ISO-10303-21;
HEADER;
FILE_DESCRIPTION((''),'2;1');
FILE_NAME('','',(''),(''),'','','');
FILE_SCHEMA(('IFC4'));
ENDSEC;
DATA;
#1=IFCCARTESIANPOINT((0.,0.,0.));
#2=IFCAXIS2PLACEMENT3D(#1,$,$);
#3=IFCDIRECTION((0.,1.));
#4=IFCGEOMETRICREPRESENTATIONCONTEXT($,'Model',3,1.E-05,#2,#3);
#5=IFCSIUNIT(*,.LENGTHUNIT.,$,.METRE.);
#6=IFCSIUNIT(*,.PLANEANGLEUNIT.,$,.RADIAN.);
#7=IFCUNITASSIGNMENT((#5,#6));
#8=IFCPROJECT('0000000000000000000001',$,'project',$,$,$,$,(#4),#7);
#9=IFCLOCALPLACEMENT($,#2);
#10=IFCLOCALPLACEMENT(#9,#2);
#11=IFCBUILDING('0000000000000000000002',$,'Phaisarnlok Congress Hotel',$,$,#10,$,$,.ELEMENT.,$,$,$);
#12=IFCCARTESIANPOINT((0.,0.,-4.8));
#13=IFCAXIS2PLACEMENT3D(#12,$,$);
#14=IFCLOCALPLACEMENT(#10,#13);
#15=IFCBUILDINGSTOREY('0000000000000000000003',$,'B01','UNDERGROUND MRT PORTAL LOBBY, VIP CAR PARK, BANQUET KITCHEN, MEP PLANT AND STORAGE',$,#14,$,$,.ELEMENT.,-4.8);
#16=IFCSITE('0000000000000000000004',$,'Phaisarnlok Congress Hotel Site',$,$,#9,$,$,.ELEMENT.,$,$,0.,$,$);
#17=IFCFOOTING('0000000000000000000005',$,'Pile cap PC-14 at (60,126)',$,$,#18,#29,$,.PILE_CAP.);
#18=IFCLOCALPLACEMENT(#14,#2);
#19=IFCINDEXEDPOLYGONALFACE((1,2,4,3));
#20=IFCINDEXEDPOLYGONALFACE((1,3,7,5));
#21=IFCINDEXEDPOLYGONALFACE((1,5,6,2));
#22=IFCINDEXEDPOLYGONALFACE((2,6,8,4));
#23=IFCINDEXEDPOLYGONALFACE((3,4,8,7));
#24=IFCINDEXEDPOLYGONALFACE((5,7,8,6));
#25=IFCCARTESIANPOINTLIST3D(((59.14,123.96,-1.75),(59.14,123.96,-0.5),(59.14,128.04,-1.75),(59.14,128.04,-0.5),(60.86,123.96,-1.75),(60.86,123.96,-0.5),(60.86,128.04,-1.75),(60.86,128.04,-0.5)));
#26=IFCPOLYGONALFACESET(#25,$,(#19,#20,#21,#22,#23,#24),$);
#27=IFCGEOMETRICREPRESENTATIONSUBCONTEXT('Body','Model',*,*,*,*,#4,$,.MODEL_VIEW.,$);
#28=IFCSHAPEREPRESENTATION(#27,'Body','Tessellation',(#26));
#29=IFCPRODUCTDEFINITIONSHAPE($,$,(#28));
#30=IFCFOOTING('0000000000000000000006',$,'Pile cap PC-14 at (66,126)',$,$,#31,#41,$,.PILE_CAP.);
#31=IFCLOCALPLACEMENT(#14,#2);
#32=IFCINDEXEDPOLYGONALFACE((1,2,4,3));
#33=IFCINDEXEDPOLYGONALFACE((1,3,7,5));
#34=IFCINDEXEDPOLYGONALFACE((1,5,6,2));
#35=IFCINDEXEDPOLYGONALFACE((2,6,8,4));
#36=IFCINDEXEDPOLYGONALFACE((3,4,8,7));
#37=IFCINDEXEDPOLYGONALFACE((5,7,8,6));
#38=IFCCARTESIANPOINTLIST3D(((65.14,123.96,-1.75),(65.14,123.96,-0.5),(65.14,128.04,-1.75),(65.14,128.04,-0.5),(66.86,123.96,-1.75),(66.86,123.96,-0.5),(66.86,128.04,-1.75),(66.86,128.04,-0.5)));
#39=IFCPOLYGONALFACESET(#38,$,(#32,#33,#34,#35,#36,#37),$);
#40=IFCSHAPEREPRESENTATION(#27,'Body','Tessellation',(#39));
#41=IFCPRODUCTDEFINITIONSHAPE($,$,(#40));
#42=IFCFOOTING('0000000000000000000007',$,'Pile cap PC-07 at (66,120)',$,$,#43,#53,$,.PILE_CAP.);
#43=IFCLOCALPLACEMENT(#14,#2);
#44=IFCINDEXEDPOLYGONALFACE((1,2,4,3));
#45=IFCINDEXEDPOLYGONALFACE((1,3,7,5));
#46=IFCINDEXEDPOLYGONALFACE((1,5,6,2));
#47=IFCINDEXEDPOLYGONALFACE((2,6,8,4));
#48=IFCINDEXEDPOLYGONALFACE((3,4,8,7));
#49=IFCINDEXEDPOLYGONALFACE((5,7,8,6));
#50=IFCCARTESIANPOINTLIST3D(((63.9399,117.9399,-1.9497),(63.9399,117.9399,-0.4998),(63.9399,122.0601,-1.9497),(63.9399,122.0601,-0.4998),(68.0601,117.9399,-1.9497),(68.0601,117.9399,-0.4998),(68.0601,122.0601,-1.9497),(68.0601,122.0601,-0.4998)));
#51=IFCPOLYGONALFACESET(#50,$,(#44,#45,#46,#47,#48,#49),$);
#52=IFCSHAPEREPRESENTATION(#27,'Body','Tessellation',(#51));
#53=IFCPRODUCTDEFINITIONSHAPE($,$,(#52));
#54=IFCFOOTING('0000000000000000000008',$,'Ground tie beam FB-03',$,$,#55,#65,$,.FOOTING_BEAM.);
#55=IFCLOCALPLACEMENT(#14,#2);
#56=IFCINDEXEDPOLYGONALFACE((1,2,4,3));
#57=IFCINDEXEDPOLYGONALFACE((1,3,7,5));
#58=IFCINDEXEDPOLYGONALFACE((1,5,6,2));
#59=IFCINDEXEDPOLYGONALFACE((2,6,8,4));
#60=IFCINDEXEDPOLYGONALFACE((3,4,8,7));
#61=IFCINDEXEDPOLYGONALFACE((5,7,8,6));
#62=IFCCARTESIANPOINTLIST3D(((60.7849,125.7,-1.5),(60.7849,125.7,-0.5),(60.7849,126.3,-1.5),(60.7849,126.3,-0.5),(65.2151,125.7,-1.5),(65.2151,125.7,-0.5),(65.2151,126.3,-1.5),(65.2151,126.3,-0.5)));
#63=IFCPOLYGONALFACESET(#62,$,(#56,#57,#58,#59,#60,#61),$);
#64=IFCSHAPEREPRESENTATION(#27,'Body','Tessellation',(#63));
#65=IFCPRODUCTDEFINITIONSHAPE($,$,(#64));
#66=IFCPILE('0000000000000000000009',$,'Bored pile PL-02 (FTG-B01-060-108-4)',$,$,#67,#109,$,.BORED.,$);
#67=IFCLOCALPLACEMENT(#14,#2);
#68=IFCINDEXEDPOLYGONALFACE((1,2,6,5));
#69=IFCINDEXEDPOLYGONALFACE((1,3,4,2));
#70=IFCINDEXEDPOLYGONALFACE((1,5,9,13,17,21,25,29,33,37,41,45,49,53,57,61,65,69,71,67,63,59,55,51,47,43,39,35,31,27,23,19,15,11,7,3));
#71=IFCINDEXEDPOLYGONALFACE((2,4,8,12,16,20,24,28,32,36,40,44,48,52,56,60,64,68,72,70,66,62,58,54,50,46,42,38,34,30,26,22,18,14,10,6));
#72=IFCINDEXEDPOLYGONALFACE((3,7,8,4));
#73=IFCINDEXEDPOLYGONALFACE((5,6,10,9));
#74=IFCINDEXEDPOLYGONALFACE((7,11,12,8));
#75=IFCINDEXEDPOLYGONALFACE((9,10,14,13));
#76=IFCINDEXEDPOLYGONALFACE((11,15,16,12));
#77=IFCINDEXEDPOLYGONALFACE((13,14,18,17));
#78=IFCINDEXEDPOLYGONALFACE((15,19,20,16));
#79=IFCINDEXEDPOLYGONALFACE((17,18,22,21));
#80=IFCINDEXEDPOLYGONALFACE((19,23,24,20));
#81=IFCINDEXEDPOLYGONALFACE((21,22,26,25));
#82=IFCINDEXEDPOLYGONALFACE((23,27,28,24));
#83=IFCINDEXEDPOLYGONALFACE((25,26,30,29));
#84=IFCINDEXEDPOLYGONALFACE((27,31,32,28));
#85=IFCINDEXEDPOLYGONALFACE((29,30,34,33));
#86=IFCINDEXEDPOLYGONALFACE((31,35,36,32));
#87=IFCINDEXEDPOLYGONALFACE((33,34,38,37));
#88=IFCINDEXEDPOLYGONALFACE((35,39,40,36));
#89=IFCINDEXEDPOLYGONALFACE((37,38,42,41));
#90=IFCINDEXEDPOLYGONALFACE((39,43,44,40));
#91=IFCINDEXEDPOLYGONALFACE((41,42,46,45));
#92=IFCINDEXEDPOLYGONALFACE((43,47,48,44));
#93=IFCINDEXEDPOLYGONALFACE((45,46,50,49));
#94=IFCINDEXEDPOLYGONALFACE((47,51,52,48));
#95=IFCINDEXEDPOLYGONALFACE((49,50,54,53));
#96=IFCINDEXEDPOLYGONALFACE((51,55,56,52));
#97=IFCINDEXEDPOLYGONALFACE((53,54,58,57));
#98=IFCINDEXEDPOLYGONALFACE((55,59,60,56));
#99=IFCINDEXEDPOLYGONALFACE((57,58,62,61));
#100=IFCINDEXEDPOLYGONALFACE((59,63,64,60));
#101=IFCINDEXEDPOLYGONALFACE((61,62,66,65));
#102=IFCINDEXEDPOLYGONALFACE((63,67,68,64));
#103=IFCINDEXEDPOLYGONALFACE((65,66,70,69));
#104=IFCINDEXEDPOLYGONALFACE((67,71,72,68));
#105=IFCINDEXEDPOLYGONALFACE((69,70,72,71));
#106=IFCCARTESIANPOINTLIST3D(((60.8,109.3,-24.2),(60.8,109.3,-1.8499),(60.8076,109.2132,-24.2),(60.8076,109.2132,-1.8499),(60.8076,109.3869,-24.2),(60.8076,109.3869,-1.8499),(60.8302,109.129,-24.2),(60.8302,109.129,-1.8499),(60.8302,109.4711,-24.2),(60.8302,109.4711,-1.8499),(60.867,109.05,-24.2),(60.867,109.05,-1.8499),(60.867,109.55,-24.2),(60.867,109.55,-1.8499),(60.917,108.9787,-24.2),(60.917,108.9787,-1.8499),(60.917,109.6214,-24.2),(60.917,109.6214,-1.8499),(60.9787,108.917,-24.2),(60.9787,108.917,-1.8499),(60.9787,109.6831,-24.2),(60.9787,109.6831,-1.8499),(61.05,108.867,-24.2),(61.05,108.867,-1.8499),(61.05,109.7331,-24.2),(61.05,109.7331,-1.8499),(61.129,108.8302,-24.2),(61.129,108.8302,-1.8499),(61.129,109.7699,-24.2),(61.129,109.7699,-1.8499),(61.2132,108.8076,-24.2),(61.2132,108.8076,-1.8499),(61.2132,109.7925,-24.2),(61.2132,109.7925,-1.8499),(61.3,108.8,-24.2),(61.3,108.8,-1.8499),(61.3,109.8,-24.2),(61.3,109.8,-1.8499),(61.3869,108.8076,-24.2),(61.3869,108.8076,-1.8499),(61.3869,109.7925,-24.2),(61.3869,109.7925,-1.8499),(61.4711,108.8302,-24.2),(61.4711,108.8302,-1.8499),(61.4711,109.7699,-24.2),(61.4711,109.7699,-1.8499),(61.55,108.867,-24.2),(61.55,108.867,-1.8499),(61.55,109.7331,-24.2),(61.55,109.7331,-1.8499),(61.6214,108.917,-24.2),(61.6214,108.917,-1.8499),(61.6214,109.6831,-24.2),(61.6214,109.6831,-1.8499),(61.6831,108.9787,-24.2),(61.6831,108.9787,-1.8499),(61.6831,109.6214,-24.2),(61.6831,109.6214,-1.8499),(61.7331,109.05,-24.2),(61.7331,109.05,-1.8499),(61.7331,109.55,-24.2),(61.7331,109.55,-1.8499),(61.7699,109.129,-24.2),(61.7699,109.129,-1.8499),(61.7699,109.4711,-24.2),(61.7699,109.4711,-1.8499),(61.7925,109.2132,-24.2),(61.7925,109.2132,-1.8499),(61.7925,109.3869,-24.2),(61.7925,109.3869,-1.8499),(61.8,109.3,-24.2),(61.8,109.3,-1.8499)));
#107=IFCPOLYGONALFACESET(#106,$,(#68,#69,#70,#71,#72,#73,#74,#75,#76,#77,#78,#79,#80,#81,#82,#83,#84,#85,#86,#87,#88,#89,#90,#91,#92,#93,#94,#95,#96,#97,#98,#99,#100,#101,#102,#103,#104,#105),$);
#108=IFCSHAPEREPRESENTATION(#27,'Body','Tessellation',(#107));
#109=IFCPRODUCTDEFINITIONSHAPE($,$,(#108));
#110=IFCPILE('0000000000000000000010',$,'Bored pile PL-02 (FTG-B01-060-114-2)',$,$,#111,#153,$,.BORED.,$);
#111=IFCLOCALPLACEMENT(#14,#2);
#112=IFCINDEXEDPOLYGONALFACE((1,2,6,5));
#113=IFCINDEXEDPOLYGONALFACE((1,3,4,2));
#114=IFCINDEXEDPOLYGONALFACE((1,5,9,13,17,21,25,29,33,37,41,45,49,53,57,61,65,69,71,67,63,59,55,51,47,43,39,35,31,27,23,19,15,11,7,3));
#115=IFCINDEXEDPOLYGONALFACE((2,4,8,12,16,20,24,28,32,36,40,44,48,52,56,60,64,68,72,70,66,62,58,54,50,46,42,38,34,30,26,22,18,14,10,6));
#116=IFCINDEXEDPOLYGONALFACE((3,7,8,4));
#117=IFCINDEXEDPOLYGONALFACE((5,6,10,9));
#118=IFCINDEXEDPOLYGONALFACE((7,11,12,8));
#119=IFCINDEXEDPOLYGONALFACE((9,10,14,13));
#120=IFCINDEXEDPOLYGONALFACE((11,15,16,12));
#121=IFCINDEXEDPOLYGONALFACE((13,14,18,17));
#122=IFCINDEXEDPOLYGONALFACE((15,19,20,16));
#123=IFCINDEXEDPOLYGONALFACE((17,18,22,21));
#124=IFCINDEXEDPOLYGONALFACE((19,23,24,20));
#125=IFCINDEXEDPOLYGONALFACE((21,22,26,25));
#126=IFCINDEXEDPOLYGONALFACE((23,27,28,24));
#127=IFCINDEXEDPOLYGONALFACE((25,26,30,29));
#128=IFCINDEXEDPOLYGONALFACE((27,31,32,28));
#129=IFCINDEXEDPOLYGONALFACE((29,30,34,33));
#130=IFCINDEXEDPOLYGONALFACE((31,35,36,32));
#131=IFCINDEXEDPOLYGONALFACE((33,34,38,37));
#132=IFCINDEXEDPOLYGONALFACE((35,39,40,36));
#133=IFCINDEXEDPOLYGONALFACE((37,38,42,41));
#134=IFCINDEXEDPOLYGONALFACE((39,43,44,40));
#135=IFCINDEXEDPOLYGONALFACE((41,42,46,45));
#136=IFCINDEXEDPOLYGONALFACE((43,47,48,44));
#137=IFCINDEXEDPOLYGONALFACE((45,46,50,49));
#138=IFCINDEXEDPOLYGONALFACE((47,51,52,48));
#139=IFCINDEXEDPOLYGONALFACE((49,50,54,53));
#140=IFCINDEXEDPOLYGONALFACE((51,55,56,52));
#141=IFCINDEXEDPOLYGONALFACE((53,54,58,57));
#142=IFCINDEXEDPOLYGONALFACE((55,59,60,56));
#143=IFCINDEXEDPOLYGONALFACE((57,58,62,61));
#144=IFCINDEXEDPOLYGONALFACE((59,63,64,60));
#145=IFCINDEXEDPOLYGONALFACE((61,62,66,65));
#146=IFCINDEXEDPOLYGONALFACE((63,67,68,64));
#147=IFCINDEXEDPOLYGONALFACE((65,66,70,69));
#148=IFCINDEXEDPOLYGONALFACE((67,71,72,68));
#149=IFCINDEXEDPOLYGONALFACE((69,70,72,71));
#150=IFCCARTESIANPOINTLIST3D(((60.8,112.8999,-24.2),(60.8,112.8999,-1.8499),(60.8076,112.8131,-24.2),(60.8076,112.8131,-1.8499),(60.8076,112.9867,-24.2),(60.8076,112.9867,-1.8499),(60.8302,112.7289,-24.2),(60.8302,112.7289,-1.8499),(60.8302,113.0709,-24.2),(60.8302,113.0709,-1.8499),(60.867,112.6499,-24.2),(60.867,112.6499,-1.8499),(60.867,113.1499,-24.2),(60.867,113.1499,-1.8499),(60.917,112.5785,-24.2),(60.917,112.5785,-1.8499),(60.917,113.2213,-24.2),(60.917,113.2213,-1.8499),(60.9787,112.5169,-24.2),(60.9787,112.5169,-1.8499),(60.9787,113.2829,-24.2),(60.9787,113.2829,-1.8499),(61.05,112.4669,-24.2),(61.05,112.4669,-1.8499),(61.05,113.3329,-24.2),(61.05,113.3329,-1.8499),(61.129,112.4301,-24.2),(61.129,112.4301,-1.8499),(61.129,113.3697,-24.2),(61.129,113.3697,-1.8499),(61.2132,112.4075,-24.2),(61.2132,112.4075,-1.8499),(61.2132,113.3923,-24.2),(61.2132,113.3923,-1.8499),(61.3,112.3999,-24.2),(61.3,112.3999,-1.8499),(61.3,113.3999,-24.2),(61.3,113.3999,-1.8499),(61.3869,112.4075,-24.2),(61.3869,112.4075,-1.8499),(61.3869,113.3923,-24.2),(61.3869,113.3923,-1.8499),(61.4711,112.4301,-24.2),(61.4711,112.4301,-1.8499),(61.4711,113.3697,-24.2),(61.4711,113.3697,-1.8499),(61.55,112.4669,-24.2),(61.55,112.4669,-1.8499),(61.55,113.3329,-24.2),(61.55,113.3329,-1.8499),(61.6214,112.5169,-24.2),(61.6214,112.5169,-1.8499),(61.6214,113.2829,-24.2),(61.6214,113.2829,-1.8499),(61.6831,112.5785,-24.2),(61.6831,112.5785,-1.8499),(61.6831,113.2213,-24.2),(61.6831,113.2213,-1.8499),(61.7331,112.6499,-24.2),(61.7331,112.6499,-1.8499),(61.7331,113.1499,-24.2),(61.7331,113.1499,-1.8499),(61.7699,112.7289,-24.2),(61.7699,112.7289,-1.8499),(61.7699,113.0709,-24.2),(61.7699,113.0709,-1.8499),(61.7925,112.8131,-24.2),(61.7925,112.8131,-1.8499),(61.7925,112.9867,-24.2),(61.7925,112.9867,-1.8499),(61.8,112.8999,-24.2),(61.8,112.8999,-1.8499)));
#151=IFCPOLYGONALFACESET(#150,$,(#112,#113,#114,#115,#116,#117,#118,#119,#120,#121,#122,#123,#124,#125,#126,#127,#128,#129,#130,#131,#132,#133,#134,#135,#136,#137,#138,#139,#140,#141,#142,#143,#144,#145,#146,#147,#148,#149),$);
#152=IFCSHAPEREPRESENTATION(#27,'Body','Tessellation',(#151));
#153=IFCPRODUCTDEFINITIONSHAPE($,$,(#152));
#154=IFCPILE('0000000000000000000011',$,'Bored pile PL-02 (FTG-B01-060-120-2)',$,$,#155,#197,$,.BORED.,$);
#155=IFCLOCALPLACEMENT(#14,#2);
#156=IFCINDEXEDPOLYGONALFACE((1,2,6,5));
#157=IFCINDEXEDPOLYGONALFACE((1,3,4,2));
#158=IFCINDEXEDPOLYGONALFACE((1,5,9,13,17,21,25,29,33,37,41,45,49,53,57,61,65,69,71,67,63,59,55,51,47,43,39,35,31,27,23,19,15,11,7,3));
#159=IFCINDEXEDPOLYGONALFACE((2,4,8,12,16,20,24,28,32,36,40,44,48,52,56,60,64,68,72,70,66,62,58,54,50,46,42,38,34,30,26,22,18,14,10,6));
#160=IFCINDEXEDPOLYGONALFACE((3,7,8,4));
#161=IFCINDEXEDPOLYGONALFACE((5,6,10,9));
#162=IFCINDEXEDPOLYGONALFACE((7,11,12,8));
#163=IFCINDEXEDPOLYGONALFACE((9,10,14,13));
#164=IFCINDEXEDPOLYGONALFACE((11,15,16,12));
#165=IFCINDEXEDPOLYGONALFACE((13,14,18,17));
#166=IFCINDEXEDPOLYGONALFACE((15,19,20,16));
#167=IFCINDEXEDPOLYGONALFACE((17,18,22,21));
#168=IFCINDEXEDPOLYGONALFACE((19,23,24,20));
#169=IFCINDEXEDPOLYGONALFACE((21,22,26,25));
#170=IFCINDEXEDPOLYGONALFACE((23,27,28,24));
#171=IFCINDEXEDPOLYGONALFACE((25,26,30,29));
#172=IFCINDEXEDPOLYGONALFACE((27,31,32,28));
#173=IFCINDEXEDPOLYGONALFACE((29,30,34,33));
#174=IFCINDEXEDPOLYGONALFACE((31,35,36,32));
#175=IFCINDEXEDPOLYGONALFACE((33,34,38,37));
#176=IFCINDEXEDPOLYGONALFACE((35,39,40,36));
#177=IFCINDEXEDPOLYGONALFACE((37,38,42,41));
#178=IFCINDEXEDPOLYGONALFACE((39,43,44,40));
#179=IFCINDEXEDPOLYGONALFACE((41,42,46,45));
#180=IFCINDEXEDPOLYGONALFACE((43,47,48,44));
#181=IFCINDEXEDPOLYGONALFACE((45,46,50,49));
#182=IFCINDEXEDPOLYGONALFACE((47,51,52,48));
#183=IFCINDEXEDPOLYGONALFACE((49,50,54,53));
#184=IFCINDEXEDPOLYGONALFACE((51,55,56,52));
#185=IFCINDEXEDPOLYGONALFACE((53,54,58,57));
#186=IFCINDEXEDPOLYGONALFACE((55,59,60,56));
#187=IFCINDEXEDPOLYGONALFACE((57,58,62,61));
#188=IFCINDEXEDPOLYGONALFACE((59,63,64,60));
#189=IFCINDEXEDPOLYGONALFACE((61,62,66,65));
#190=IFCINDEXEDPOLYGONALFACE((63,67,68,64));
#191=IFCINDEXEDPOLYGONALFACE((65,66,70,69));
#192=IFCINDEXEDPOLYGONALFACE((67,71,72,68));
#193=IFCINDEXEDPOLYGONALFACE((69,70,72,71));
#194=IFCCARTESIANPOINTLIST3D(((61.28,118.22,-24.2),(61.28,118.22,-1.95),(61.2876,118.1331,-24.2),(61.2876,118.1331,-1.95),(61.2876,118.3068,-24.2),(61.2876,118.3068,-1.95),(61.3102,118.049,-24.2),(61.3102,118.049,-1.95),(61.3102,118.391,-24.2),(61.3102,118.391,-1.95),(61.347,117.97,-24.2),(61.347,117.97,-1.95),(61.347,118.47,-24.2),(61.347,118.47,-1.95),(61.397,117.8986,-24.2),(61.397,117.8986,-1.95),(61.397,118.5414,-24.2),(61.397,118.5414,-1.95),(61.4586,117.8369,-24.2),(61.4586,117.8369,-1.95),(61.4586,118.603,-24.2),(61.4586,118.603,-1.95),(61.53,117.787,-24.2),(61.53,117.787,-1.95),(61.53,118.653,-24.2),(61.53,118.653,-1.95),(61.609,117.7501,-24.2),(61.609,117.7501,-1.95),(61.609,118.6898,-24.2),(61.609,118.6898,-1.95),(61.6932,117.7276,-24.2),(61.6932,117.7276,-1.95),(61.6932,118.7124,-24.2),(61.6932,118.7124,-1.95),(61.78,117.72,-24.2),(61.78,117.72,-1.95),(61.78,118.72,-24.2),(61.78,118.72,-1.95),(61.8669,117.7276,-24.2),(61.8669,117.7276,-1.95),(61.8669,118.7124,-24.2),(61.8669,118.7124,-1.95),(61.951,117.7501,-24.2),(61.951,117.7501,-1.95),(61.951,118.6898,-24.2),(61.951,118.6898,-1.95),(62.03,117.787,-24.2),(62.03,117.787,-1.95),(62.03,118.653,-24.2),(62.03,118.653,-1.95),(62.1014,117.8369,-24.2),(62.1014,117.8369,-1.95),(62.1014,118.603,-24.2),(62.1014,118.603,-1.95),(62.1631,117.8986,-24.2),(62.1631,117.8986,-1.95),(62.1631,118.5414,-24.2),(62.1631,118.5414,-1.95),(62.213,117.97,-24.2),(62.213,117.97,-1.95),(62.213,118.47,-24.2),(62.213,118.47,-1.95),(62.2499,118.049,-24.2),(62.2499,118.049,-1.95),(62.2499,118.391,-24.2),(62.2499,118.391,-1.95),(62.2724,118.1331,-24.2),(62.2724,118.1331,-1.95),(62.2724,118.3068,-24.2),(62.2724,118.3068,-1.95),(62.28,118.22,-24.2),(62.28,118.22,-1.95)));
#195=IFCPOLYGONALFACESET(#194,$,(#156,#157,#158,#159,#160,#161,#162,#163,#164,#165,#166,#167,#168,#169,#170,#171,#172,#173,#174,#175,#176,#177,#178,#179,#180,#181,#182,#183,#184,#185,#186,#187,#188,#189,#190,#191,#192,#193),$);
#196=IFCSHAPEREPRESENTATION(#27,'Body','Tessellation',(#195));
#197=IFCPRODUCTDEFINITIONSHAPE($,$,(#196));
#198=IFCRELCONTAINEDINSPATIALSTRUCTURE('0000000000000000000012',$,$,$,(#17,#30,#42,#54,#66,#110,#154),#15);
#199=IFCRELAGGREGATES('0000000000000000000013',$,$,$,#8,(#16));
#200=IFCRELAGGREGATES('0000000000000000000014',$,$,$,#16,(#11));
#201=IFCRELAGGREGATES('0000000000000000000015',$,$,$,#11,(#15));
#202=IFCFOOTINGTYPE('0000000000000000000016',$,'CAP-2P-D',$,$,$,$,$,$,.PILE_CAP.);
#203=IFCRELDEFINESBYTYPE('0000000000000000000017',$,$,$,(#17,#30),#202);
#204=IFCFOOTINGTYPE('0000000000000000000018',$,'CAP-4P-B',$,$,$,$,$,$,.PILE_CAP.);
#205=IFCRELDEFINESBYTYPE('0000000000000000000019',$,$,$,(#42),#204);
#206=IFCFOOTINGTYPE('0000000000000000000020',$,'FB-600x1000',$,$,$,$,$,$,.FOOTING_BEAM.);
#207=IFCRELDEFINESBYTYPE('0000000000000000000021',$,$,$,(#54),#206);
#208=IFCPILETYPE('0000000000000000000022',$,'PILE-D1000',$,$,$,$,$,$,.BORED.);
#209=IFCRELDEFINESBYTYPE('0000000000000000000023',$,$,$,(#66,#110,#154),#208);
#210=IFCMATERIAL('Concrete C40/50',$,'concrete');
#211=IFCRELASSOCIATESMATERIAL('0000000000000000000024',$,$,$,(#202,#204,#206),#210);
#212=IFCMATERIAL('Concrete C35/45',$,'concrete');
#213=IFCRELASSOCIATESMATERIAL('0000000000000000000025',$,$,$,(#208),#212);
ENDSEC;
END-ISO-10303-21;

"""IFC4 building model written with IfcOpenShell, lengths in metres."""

from ifc_helpers import new_model, si_unit, direction, frame, origin, origin_2d, place, context, subcontext, project, spatial, rectangle, circle, extrude, material, material_profile, profile_set, type_object, element, save


model = new_model("IFC4")

# Units and contexts
model_context = context("Model", 3, precision=1e-05, world=origin(), true_north=direction((0.0, 1.0)))
body_context = subcontext(model_context, "Body", "Model", "MODEL_VIEW")
ifc_project = project(units=[si_unit("LENGTHUNIT", "METRE"), si_unit("PLANEANGLEUNIT", "RADIAN")], contexts=[model_context])

# Site, building, storey
site_placement = place(None, origin())
site = spatial("IfcSite", under=ifc_project, at=site_placement, Name="Phaisarnlok Congress Hotel Site", CompositionType="ELEMENT", RefElevation=0.0)
building_placement = place(site_placement, origin())
building = spatial("IfcBuilding", under=site, at=building_placement, Name="Phaisarnlok Congress Hotel", CompositionType="ELEMENT")
storey_placement = place(building_placement, frame((0.0, 0.0, -4.8)))
storey = spatial("IfcBuildingStorey", under=building, at=storey_placement, Name="B01", Description="UNDERGROUND MRT PORTAL LOBBY, VIP CAR PARK, BANQUET KITCHEN, MEP PLANT AND STORAGE", CompositionType="ELEMENT", Elevation=-4.8)

# Footings
ifc_material_1 = material(Name="Concrete C40/50", Category="concrete")
footing_type_1 = type_object("IfcFootingType", Name="CAP-2P-D", PredefinedType="PILE_CAP", material=ifc_material_1)
for number, where, z_axis, x_axis, name in (
    (1, (60.0, 126.0, -1.75), (0.0, 0.0, 1.0), (1.0, 0.0, 0.0), "Pile cap PC-14 at (60,126)"),
    (2, (66.0, 126.0, -1.75), (0.0, 0.0, 1.0), (1.0, 0.0, 0.0), "Pile cap PC-14 at (66,126)"),
):
    element("IfcFooting", number, at=place(storey_placement, frame(where, z_axis=z_axis, x_axis=x_axis)), inside=storey, type_object=footing_type_1, Name=name, PredefinedType="PILE_CAP", context=body_context, shape_type="SweptSolid", body=[
        extrude(rectangle(XDim=1.72, YDim=4.0801, at=origin_2d()), origin(), (0.0, 0.0, 1.0), 1.25),
    ])
footing_type_2 = type_object("IfcFootingType", Name="CAP-4P-B", PredefinedType="PILE_CAP", material=ifc_material_1)
footing_1_placement = place(storey_placement, frame((66.0, 120.0, -1.9497), z_axis=(0.0, 0.0, 1.0), x_axis=(1.0, 0.0, 0.0)))
element("IfcFooting", 3, at=footing_1_placement, inside=storey, type_object=footing_type_2, Name="Pile cap PC-07 at (66,120)", PredefinedType="PILE_CAP", context=body_context, shape_type="SweptSolid", body=[
    extrude(rectangle(XDim=4.1201, YDim=4.1201, at=origin_2d()), origin(), (0.0, 0.0, 1.0), 1.45),
])
ifc_material_profile_1 = material_profile(ifc_material_1, rectangle(XDim=0.6001, YDim=1.0, at=origin_2d()), Name="FB-600x1000")
ifc_profile_set_1 = profile_set([ifc_material_profile_1], Name="Concrete C40/50")
footing_type_3 = type_object("IfcFootingType", Name="FB-600x1000", PredefinedType="FOOTING_BEAM", material=ifc_profile_set_1)
footing_2_placement = place(storey_placement, frame((60.7849, 126.0, -1.0), z_axis=(1.0, 0.0, 0.0), x_axis=(0.0, 1.0, 0.0)))
element("IfcFooting", 4, at=footing_2_placement, inside=storey, type_object=footing_type_3, Name="Ground tie beam FB-03", PredefinedType="FOOTING_BEAM", context=body_context, shape_type="SweptSolid", body=[
    extrude(rectangle(XDim=0.6001, YDim=1.0, at=origin_2d()), origin(), (0.0, 0.0, 1.0), 4.4302),
])

# Piles
ifc_material_2 = material(Name="Concrete C35/45", Category="concrete")
ifc_material_profile_2 = material_profile(ifc_material_2, circle(Radius=0.5, at=origin_2d()), Name="BORED PILE D1000")
ifc_profile_set_2 = profile_set([ifc_material_profile_2], Name="Concrete C35/45")
pile_type = type_object("IfcPileType", Name="PILE-D1000", PredefinedType="BORED", material=ifc_profile_set_2)
for number, where, z_axis, x_axis, name in (
    (5, (61.3, 109.3, -1.8499), (0.0, 0.0, -1.0), (1.0, 0.0, 0.0), "Bored pile PL-02 (FTG-B01-060-108-4)"),
    (6, (61.3, 112.8999, -1.8499), (0.0, 0.0, -1.0), (1.0, 0.0, 0.0), "Bored pile PL-02 (FTG-B01-060-114-2)"),
):
    element("IfcPile", number, at=place(storey_placement, frame(where, z_axis=z_axis, x_axis=x_axis)), inside=storey, type_object=pile_type, Name=name, PredefinedType="BORED", context=body_context, shape_type="SweptSolid", body=[
        extrude(circle(Radius=0.5, at=origin_2d()), origin(), (0.0, 0.0, 1.0), 22.3501),
    ])
for number, where, z_axis, x_axis, name in (
    (7, (61.78, 118.22, -1.95), (0.0, 0.0, -1.0), (1.0, 0.0, 0.0), "Bored pile PL-02 (FTG-B01-060-120-2)"),
):
    element("IfcPile", number, at=place(storey_placement, frame(where, z_axis=z_axis, x_axis=x_axis)), inside=storey, type_object=pile_type, Name=name, PredefinedType="BORED", context=body_context, shape_type="SweptSolid", body=[
        extrude(circle(Radius=0.5, at=origin_2d()), origin(), (0.0, 0.0, 1.0), 22.25),
    ])

save(model, "model.ifc")
